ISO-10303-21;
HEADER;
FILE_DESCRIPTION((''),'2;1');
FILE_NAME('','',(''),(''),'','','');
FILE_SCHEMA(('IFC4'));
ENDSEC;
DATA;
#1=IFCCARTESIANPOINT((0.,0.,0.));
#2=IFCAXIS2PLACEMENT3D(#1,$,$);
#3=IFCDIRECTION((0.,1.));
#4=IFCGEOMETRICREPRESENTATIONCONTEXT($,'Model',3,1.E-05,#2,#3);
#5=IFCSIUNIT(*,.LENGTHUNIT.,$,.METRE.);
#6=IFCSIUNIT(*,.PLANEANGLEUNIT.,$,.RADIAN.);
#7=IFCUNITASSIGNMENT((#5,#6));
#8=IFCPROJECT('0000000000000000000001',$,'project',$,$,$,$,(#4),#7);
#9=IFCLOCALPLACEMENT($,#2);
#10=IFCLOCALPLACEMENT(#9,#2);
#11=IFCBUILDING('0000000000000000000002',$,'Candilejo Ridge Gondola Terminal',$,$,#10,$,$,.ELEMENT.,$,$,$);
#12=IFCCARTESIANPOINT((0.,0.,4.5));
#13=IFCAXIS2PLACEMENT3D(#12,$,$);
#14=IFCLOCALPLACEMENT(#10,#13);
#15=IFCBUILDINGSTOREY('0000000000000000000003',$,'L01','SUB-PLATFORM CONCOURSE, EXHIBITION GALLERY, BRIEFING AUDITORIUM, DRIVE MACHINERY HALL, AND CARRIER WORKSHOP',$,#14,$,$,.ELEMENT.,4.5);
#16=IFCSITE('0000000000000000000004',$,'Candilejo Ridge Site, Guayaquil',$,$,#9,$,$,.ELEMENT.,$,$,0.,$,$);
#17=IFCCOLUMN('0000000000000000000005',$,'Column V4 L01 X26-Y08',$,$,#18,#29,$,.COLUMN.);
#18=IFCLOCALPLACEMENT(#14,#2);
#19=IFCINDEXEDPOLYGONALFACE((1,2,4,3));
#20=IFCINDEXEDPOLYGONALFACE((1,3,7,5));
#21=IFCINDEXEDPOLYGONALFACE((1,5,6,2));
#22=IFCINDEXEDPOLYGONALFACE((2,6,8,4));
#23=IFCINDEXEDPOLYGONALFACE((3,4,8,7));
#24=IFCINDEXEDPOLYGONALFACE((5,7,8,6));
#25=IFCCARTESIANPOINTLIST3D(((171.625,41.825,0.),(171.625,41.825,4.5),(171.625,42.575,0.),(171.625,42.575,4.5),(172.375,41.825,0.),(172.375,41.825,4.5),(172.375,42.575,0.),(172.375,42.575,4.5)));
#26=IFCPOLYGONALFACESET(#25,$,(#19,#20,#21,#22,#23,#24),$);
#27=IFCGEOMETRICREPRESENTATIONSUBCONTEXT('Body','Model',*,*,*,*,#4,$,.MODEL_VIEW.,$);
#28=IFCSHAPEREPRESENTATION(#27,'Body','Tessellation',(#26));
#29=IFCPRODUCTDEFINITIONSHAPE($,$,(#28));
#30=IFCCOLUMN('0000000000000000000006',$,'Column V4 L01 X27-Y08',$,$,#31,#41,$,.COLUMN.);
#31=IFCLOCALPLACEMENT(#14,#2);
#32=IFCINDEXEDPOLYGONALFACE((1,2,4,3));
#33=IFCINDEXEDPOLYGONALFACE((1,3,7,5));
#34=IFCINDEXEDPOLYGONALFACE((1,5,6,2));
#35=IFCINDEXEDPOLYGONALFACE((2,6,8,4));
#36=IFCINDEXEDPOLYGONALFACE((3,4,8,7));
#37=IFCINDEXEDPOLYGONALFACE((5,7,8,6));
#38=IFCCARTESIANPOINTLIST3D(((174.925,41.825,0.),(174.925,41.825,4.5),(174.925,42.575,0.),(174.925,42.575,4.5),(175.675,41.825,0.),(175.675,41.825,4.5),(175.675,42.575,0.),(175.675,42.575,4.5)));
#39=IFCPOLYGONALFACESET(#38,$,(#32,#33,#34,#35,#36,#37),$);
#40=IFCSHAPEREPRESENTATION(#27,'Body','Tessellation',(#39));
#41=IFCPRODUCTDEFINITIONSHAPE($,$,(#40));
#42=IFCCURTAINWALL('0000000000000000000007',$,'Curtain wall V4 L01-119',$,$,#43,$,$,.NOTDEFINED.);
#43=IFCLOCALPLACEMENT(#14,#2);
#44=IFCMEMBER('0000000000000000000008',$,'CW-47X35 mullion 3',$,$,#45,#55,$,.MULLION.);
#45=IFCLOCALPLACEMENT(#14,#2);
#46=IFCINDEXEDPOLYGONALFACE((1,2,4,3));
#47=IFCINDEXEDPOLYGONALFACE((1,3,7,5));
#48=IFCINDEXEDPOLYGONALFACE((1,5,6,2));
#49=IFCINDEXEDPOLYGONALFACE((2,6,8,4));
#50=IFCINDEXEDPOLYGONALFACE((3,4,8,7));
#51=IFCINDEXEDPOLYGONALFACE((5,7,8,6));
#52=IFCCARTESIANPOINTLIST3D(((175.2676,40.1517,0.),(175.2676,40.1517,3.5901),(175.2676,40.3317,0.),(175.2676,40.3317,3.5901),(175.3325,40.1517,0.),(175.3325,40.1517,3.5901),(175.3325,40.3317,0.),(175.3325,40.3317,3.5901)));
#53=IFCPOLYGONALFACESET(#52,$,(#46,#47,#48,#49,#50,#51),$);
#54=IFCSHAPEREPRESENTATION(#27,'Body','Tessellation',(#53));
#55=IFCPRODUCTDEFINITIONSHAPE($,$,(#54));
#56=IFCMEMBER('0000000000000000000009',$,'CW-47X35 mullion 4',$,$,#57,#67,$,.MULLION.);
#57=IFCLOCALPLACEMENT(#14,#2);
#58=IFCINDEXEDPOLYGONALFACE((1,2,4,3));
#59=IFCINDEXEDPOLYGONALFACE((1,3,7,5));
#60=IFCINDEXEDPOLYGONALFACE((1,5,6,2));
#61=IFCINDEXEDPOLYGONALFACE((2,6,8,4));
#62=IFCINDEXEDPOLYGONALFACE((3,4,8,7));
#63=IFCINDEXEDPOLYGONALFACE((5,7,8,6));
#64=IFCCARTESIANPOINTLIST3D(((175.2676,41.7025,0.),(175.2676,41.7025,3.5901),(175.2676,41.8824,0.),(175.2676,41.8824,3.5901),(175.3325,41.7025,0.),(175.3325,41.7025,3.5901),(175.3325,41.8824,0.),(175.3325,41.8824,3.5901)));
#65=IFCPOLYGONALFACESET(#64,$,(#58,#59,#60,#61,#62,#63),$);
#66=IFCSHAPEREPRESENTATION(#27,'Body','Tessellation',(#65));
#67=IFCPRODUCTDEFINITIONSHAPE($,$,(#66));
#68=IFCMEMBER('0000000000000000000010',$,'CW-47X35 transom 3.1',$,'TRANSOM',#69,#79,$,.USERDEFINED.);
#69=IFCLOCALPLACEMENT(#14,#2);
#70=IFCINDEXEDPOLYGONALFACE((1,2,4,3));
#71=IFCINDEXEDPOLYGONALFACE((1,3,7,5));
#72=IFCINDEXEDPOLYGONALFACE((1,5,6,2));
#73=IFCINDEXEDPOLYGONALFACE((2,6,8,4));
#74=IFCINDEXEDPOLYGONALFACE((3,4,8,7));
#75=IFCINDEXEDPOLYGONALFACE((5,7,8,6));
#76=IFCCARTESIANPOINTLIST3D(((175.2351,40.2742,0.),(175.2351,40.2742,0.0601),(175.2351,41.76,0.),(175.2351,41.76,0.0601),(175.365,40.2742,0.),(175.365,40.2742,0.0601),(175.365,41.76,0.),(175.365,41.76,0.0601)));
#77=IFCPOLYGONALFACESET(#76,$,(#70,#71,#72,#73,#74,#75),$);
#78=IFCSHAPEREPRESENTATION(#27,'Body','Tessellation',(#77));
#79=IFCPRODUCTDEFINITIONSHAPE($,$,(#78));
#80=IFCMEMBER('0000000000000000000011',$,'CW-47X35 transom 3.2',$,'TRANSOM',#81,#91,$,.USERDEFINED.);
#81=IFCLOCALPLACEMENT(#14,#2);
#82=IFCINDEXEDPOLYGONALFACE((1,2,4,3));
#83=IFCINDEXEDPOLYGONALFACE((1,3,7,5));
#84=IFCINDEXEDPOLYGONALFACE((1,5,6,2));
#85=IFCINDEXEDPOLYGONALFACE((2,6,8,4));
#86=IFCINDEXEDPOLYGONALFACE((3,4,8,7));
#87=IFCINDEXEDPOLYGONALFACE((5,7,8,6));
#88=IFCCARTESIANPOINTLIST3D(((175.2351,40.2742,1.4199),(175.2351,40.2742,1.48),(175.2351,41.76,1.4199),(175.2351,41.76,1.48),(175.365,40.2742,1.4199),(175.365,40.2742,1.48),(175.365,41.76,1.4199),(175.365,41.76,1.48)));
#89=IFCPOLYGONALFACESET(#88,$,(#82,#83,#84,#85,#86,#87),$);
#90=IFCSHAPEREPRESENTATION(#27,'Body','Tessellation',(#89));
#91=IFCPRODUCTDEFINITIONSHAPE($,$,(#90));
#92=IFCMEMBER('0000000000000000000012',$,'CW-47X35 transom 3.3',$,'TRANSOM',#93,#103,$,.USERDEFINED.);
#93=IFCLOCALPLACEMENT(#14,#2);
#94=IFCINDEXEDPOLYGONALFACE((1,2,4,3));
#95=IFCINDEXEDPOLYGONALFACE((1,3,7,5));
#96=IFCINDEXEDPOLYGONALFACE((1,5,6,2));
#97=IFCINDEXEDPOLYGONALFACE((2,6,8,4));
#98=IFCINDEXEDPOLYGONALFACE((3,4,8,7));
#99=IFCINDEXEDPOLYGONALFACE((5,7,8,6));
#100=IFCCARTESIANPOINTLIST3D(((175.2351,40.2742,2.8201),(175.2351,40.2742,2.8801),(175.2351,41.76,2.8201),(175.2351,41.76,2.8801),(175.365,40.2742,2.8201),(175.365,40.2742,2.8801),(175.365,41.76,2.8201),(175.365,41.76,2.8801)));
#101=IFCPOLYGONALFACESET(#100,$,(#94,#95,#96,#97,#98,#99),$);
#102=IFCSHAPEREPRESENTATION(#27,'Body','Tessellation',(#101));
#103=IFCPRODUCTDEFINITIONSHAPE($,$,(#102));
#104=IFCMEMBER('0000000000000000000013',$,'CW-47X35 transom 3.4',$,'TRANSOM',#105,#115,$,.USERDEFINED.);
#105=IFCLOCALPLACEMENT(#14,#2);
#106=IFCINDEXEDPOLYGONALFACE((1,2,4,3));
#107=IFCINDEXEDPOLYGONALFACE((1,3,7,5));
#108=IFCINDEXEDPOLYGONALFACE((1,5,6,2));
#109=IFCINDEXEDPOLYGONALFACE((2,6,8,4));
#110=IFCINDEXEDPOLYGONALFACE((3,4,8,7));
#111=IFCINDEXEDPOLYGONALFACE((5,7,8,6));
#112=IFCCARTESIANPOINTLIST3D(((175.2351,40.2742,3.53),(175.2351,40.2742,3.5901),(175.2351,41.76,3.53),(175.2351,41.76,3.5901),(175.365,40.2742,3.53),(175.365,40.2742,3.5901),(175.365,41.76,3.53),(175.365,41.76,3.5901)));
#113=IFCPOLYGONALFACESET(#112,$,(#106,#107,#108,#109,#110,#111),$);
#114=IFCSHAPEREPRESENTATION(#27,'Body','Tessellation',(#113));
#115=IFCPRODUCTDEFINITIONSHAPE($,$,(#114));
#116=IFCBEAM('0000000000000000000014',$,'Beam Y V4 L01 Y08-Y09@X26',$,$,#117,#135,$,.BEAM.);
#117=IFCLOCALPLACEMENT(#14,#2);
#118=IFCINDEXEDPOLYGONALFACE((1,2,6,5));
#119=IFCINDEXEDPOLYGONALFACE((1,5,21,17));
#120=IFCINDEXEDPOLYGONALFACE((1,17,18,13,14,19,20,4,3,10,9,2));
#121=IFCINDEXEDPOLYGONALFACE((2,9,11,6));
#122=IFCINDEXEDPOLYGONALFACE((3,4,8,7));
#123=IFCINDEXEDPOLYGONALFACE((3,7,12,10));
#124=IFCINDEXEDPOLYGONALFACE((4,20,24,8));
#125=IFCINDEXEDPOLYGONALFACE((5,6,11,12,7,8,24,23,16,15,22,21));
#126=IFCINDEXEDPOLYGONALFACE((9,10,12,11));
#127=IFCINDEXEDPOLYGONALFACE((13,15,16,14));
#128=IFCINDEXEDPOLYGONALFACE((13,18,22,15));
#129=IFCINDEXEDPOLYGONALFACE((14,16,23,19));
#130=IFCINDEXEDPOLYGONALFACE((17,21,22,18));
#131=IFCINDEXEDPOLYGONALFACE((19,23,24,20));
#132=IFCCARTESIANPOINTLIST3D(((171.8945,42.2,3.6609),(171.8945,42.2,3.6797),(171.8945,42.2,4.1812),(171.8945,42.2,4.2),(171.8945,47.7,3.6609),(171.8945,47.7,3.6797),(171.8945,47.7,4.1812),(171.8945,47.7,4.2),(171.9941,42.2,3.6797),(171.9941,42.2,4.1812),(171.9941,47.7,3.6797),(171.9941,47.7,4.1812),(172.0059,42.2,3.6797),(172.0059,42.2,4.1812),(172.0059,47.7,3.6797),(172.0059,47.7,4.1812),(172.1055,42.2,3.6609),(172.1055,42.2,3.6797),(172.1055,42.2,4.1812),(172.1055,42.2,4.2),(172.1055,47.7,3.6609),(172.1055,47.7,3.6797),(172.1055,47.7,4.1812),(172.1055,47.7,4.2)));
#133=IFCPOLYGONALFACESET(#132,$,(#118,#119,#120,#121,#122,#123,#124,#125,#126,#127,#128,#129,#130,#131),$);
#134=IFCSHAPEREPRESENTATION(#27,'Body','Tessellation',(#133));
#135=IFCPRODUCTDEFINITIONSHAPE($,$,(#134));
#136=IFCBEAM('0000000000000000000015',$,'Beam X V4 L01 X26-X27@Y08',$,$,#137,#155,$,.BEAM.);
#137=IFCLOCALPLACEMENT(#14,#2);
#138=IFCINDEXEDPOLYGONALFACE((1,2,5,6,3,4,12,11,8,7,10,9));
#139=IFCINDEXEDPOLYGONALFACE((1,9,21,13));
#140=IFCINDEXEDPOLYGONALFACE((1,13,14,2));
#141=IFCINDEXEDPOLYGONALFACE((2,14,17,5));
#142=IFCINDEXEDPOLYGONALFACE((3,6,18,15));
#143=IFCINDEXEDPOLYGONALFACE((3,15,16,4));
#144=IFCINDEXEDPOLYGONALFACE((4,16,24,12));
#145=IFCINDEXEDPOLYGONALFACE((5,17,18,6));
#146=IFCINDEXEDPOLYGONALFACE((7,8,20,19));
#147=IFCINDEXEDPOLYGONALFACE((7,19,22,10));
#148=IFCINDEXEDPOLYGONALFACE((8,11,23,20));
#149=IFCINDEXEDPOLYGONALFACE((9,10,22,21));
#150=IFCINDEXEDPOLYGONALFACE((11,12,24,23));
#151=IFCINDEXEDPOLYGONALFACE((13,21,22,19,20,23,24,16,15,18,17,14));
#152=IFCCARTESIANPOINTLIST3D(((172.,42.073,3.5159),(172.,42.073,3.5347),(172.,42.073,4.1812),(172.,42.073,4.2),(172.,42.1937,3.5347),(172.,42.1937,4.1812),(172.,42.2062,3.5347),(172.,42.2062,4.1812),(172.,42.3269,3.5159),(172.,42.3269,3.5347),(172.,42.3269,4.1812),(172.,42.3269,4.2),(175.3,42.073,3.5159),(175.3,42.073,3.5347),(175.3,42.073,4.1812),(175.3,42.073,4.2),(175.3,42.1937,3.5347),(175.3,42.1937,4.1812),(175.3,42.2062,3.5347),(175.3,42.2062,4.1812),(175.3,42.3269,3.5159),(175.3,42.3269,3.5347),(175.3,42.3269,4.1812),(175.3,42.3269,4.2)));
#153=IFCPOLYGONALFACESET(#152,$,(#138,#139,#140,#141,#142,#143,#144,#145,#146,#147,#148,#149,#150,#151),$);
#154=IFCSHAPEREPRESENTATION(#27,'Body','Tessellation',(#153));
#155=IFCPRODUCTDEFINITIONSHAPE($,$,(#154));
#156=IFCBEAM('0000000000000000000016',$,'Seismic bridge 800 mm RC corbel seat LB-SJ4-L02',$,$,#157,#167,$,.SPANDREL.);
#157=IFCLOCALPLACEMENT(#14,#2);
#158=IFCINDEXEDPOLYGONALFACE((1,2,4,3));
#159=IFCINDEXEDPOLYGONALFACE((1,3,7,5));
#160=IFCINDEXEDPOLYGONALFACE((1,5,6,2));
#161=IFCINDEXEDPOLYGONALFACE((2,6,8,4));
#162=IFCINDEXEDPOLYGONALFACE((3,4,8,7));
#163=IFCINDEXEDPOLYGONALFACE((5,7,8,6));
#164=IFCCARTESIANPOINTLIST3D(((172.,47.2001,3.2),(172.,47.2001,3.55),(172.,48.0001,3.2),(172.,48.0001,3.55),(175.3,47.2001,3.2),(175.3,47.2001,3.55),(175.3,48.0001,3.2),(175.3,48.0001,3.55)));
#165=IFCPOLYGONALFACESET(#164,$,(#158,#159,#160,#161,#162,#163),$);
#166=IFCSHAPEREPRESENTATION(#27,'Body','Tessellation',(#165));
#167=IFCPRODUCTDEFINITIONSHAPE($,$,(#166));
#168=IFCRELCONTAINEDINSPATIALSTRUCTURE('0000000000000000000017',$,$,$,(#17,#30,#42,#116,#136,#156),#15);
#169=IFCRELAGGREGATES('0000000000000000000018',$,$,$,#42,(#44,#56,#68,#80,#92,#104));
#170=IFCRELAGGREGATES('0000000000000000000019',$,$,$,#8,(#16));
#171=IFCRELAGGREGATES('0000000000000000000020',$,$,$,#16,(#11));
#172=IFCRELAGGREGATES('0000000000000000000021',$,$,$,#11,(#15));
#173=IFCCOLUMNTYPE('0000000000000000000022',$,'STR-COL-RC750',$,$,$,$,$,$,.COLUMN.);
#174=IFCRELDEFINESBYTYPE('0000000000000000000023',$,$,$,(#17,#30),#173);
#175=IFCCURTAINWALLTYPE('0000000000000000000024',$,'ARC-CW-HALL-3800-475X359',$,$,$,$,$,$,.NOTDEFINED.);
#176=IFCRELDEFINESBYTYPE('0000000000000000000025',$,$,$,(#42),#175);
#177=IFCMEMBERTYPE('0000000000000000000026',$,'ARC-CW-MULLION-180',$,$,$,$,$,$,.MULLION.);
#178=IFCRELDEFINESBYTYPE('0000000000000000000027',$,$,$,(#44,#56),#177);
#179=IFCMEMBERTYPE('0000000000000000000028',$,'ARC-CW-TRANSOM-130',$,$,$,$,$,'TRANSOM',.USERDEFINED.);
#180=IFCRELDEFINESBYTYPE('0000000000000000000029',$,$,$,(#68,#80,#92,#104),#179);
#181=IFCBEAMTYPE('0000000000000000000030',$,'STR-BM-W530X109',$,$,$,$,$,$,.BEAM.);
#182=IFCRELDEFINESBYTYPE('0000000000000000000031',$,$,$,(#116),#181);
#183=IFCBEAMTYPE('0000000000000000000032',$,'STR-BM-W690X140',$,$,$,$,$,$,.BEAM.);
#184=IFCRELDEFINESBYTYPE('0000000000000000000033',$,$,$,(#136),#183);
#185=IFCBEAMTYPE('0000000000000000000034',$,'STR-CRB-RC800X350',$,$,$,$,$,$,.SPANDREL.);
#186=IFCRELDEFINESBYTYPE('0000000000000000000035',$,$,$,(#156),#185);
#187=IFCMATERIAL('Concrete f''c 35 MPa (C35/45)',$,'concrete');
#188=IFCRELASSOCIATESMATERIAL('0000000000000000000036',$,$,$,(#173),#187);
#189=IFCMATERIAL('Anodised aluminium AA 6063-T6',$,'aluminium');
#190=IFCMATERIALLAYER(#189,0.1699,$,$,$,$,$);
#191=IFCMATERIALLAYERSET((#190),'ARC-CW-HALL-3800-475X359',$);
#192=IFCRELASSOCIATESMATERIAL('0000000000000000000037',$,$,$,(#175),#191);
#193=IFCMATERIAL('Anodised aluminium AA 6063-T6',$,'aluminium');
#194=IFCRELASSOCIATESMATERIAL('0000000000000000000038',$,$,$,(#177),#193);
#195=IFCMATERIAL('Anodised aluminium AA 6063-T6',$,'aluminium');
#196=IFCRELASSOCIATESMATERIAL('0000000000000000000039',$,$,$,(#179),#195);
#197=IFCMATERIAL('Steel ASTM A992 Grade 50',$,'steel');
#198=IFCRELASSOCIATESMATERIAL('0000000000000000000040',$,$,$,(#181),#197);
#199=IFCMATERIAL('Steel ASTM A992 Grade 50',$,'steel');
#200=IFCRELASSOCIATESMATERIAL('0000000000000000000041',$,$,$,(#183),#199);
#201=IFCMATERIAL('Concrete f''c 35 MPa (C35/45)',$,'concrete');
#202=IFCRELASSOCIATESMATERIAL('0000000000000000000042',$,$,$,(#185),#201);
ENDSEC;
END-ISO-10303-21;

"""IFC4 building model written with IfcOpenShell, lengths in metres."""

from ifc_helpers import new_model, si_unit, direction, frame, origin, origin_2d, place, context, subcontext, project, spatial, rectangle, i_section, extrude, material, layer, layer_set, material_profile, profile_set, type_object, element, aggregate, save


model = new_model("IFC4")

# Units and contexts
model_context = context("Model", 3, precision=1e-05, world=origin(), true_north=direction((0.0, 1.0)))
body_context = subcontext(model_context, "Body", "Model", "MODEL_VIEW")
ifc_project = project(units=[si_unit("LENGTHUNIT", "METRE"), si_unit("PLANEANGLEUNIT", "RADIAN")], contexts=[model_context])

# Site, building, storey
site_placement = place(None, origin())
site = spatial("IfcSite", under=ifc_project, at=site_placement, Name="Candilejo Ridge Site, Guayaquil", CompositionType="ELEMENT", RefElevation=0.0)
building_placement = place(site_placement, origin())
building = spatial("IfcBuilding", under=site, at=building_placement, Name="Candilejo Ridge Gondola Terminal", CompositionType="ELEMENT")
storey_placement = place(building_placement, frame((0.0, 0.0, 4.5)))
storey = spatial("IfcBuildingStorey", under=building, at=storey_placement, Name="L01", Description="SUB-PLATFORM CONCOURSE, EXHIBITION GALLERY, BRIEFING AUDITORIUM, DRIVE MACHINERY HALL, AND CARRIER WORKSHOP", CompositionType="ELEMENT", Elevation=4.5)

# Columns
ifc_material_1 = material(Name="Concrete f'c 35 MPa (C35/45)", Category="concrete")
ifc_material_profile_1 = material_profile(ifc_material_1, rectangle(XDim=0.75, YDim=0.75, at=origin_2d()))
ifc_profile_set_1 = profile_set([ifc_material_profile_1], Name="Concrete f'c 35 MPa (C35/45)")
column_type = type_object("IfcColumnType", Name="STR-COL-RC750", PredefinedType="COLUMN", material=ifc_profile_set_1)
for number, where, z_axis, x_axis, name in (
    (1, (172.0, 42.2, 0.0), (0.0, 0.0, 1.0), (1.0, 0.0, 0.0), "Column V4 L01 X26-Y08"),
    (2, (175.3, 42.2, 0.0), (0.0, 0.0, 1.0), (1.0, 0.0, 0.0), "Column V4 L01 X27-Y08"),
):
    element("IfcColumn", number, at=place(storey_placement, frame(where, z_axis=z_axis, x_axis=x_axis)), inside=storey, type_object=column_type, Name=name, PredefinedType="COLUMN", context=body_context, shape_type="SweptSolid", body=[
        extrude(rectangle(XDim=0.75, YDim=0.75, at=origin_2d()), origin(), (0.0, 0.0, 1.0), 4.5),
    ])

# Curtain wall, members
ifc_material_2 = material(Name="Anodised aluminium AA 6063-T6", Category="aluminium")
ifc_layer_1 = layer(ifc_material_2, 0.1699)
ifc_layer_set_1 = layer_set([ifc_layer_1], Name="ARC-CW-HALL-3800-475X359")
curtain_wall_type = type_object("IfcCurtainWallType", Name="ARC-CW-HALL-3800-475X359", PredefinedType="NOTDEFINED", material=ifc_layer_set_1)
curtain_wall_placement = place(storey_placement, origin())
curtain_wall = element("IfcCurtainWall", 3, at=curtain_wall_placement, inside=storey, type_object=curtain_wall_type, Name="Curtain wall V4 L01-119", PredefinedType="NOTDEFINED")
ifc_material_3 = material(Name="Anodised aluminium AA 6063-T6", Category="aluminium")
ifc_material_profile_2 = material_profile(ifc_material_3, rectangle(XDim=0.0649, YDim=0.1799, at=origin_2d()))
ifc_profile_set_2 = profile_set([ifc_material_profile_2], Name="Anodised aluminium AA 6063-T6")
member_type_1 = type_object("IfcMemberType", Name="ARC-CW-MULLION-180", PredefinedType="MULLION", material=ifc_profile_set_2)
member_1_placement = place(storey_placement, frame((175.3, 40.2417, 0.0), z_axis=(0.0, 0.0, 1.0), x_axis=(-1.0, 0.0, 0.0)))
member_1 = element("IfcMember", 4, at=member_1_placement, type_object=member_type_1, Name="CW-47X35 mullion 3", PredefinedType="MULLION", context=body_context, shape_type="SweptSolid", body=[
    extrude(rectangle(XDim=0.0649, YDim=0.1799, at=origin_2d()), origin(), (0.0, 0.0, 1.0), 3.5901),
])
member_2_placement = place(storey_placement, frame((175.3, 41.7925, 0.0), z_axis=(0.0, 0.0, 1.0), x_axis=(-1.0, 0.0, 0.0)))
member_2 = element("IfcMember", 5, at=member_2_placement, type_object=member_type_1, Name="CW-47X35 mullion 4", PredefinedType="MULLION", context=body_context, shape_type="SweptSolid", body=[
    extrude(rectangle(XDim=0.0649, YDim=0.1799, at=origin_2d()), origin(), (0.0, 0.0, 1.0), 3.5901),
])
ifc_material_4 = material(Name="Anodised aluminium AA 6063-T6", Category="aluminium")
ifc_material_profile_3 = material_profile(ifc_material_4, rectangle(XDim=0.1299, YDim=0.0601, at=origin_2d()))
ifc_profile_set_3 = profile_set([ifc_material_profile_3], Name="Anodised aluminium AA 6063-T6")
member_type_2 = type_object("IfcMemberType", Name="ARC-CW-TRANSOM-130", ElementType="TRANSOM", PredefinedType="USERDEFINED", material=ifc_profile_set_3)
member_3_placement = place(storey_placement, frame((175.3, 40.2742, 0.03), z_axis=(0.0, 1.0, 0.0), x_axis=(-1.0, 0.0, 0.0)))
member_3 = element("IfcMember", 6, at=member_3_placement, type_object=member_type_2, Name="CW-47X35 transom 3.1", ObjectType="TRANSOM", PredefinedType="USERDEFINED", context=body_context, shape_type="SweptSolid", body=[
    extrude(rectangle(XDim=0.1299, YDim=0.0601, at=origin_2d()), origin(), (0.0, 0.0, 1.0), 1.4858),
])
member_4_placement = place(storey_placement, frame((175.3, 40.2742, 1.45), z_axis=(0.0, 1.0, 0.0), x_axis=(-1.0, 0.0, 0.0)))
member_4 = element("IfcMember", 7, at=member_4_placement, type_object=member_type_2, Name="CW-47X35 transom 3.2", ObjectType="TRANSOM", PredefinedType="USERDEFINED", context=body_context, shape_type="SweptSolid", body=[
    extrude(rectangle(XDim=0.1299, YDim=0.0601, at=origin_2d()), origin(), (0.0, 0.0, 1.0), 1.4858),
])
member_5_placement = place(storey_placement, frame((175.3, 40.2742, 2.8501), z_axis=(0.0, 1.0, 0.0), x_axis=(-1.0, 0.0, 0.0)))
member_5 = element("IfcMember", 8, at=member_5_placement, type_object=member_type_2, Name="CW-47X35 transom 3.3", ObjectType="TRANSOM", PredefinedType="USERDEFINED", context=body_context, shape_type="SweptSolid", body=[
    extrude(rectangle(XDim=0.1299, YDim=0.0601, at=origin_2d()), origin(), (0.0, 0.0, 1.0), 1.4858),
])
member_6_placement = place(storey_placement, frame((175.3, 40.2742, 3.5601), z_axis=(0.0, 1.0, 0.0), x_axis=(-1.0, 0.0, 0.0)))
member_6 = element("IfcMember", 9, at=member_6_placement, type_object=member_type_2, Name="CW-47X35 transom 3.4", ObjectType="TRANSOM", PredefinedType="USERDEFINED", context=body_context, shape_type="SweptSolid", body=[
    extrude(rectangle(XDim=0.1299, YDim=0.0601, at=origin_2d()), origin(), (0.0, 0.0, 1.0), 1.4858),
])

# Beams
ifc_material_5 = material(Name="Steel ASTM A992 Grade 50", Category="steel")
ifc_material_profile_4 = material_profile(ifc_material_5, i_section(OverallWidth=0.2109, OverallDepth=0.5391, WebThickness=0.0117, FlangeThickness=0.0188, at=origin_2d()))
ifc_profile_set_4 = profile_set([ifc_material_profile_4], Name="Steel ASTM A992 Grade 50")
beam_type_1 = type_object("IfcBeamType", Name="STR-BM-W530X109", PredefinedType="BEAM", material=ifc_profile_set_4)
beam_1_placement = place(storey_placement, frame((172.0, 42.2, 3.9304), z_axis=(0.0, 1.0, 0.0), x_axis=(-1.0, 0.0, 0.0)))
element("IfcBeam", 10, at=beam_1_placement, inside=storey, type_object=beam_type_1, Name="Beam Y V4 L01 Y08-Y09@X26", PredefinedType="BEAM", context=body_context, shape_type="SweptSolid", body=[
    extrude(i_section(OverallWidth=0.2109, OverallDepth=0.5391, WebThickness=0.0117, FlangeThickness=0.0188, at=origin_2d()), origin(), (0.0, 0.0, 1.0), 5.5),
])
ifc_material_6 = material(Name="Steel ASTM A992 Grade 50", Category="steel")
ifc_material_profile_5 = material_profile(ifc_material_6, i_section(OverallWidth=0.2539, OverallDepth=0.6841, WebThickness=0.0125, FlangeThickness=0.0188, at=origin_2d()))
ifc_profile_set_5 = profile_set([ifc_material_profile_5], Name="Steel ASTM A992 Grade 50")
beam_type_2 = type_object("IfcBeamType", Name="STR-BM-W690X140", PredefinedType="BEAM", material=ifc_profile_set_5)
beam_2_placement = place(storey_placement, frame((172.0, 42.2, 3.8579), z_axis=(1.0, 0.0, 0.0), x_axis=(0.0, 1.0, 0.0)))
element("IfcBeam", 11, at=beam_2_placement, inside=storey, type_object=beam_type_2, Name="Beam X V4 L01 X26-X27@Y08", PredefinedType="BEAM", context=body_context, shape_type="SweptSolid", body=[
    extrude(i_section(OverallWidth=0.2539, OverallDepth=0.6841, WebThickness=0.0125, FlangeThickness=0.0188, at=origin_2d()), origin(), (0.0, 0.0, 1.0), 3.3),
])
ifc_material_7 = material(Name="Concrete f'c 35 MPa (C35/45)", Category="concrete")
ifc_material_profile_6 = material_profile(ifc_material_7, rectangle(XDim=0.8, YDim=0.3501, at=origin_2d()))
ifc_profile_set_6 = profile_set([ifc_material_profile_6], Name="Concrete f'c 35 MPa (C35/45)")
beam_type_3 = type_object("IfcBeamType", Name="STR-CRB-RC800X350", PredefinedType="SPANDREL", material=ifc_profile_set_6)
beam_3_placement = place(storey_placement, frame((172.0, 47.6001, 3.375), z_axis=(1.0, 0.0, 0.0), x_axis=(0.0, 1.0, 0.0)))
element("IfcBeam", 12, at=beam_3_placement, inside=storey, type_object=beam_type_3, Name="Seismic bridge 800 mm RC corbel seat LB-SJ4-L02", PredefinedType="SPANDREL", context=body_context, shape_type="SweptSolid", body=[
    extrude(rectangle(XDim=0.8, YDim=0.3501, at=origin_2d()), origin(), (0.0, 0.0, 1.0), 3.3),
])

aggregate(curtain_wall, [member_1, member_2, member_3, member_4, member_5, member_6])

save(model, "model.ifc")
